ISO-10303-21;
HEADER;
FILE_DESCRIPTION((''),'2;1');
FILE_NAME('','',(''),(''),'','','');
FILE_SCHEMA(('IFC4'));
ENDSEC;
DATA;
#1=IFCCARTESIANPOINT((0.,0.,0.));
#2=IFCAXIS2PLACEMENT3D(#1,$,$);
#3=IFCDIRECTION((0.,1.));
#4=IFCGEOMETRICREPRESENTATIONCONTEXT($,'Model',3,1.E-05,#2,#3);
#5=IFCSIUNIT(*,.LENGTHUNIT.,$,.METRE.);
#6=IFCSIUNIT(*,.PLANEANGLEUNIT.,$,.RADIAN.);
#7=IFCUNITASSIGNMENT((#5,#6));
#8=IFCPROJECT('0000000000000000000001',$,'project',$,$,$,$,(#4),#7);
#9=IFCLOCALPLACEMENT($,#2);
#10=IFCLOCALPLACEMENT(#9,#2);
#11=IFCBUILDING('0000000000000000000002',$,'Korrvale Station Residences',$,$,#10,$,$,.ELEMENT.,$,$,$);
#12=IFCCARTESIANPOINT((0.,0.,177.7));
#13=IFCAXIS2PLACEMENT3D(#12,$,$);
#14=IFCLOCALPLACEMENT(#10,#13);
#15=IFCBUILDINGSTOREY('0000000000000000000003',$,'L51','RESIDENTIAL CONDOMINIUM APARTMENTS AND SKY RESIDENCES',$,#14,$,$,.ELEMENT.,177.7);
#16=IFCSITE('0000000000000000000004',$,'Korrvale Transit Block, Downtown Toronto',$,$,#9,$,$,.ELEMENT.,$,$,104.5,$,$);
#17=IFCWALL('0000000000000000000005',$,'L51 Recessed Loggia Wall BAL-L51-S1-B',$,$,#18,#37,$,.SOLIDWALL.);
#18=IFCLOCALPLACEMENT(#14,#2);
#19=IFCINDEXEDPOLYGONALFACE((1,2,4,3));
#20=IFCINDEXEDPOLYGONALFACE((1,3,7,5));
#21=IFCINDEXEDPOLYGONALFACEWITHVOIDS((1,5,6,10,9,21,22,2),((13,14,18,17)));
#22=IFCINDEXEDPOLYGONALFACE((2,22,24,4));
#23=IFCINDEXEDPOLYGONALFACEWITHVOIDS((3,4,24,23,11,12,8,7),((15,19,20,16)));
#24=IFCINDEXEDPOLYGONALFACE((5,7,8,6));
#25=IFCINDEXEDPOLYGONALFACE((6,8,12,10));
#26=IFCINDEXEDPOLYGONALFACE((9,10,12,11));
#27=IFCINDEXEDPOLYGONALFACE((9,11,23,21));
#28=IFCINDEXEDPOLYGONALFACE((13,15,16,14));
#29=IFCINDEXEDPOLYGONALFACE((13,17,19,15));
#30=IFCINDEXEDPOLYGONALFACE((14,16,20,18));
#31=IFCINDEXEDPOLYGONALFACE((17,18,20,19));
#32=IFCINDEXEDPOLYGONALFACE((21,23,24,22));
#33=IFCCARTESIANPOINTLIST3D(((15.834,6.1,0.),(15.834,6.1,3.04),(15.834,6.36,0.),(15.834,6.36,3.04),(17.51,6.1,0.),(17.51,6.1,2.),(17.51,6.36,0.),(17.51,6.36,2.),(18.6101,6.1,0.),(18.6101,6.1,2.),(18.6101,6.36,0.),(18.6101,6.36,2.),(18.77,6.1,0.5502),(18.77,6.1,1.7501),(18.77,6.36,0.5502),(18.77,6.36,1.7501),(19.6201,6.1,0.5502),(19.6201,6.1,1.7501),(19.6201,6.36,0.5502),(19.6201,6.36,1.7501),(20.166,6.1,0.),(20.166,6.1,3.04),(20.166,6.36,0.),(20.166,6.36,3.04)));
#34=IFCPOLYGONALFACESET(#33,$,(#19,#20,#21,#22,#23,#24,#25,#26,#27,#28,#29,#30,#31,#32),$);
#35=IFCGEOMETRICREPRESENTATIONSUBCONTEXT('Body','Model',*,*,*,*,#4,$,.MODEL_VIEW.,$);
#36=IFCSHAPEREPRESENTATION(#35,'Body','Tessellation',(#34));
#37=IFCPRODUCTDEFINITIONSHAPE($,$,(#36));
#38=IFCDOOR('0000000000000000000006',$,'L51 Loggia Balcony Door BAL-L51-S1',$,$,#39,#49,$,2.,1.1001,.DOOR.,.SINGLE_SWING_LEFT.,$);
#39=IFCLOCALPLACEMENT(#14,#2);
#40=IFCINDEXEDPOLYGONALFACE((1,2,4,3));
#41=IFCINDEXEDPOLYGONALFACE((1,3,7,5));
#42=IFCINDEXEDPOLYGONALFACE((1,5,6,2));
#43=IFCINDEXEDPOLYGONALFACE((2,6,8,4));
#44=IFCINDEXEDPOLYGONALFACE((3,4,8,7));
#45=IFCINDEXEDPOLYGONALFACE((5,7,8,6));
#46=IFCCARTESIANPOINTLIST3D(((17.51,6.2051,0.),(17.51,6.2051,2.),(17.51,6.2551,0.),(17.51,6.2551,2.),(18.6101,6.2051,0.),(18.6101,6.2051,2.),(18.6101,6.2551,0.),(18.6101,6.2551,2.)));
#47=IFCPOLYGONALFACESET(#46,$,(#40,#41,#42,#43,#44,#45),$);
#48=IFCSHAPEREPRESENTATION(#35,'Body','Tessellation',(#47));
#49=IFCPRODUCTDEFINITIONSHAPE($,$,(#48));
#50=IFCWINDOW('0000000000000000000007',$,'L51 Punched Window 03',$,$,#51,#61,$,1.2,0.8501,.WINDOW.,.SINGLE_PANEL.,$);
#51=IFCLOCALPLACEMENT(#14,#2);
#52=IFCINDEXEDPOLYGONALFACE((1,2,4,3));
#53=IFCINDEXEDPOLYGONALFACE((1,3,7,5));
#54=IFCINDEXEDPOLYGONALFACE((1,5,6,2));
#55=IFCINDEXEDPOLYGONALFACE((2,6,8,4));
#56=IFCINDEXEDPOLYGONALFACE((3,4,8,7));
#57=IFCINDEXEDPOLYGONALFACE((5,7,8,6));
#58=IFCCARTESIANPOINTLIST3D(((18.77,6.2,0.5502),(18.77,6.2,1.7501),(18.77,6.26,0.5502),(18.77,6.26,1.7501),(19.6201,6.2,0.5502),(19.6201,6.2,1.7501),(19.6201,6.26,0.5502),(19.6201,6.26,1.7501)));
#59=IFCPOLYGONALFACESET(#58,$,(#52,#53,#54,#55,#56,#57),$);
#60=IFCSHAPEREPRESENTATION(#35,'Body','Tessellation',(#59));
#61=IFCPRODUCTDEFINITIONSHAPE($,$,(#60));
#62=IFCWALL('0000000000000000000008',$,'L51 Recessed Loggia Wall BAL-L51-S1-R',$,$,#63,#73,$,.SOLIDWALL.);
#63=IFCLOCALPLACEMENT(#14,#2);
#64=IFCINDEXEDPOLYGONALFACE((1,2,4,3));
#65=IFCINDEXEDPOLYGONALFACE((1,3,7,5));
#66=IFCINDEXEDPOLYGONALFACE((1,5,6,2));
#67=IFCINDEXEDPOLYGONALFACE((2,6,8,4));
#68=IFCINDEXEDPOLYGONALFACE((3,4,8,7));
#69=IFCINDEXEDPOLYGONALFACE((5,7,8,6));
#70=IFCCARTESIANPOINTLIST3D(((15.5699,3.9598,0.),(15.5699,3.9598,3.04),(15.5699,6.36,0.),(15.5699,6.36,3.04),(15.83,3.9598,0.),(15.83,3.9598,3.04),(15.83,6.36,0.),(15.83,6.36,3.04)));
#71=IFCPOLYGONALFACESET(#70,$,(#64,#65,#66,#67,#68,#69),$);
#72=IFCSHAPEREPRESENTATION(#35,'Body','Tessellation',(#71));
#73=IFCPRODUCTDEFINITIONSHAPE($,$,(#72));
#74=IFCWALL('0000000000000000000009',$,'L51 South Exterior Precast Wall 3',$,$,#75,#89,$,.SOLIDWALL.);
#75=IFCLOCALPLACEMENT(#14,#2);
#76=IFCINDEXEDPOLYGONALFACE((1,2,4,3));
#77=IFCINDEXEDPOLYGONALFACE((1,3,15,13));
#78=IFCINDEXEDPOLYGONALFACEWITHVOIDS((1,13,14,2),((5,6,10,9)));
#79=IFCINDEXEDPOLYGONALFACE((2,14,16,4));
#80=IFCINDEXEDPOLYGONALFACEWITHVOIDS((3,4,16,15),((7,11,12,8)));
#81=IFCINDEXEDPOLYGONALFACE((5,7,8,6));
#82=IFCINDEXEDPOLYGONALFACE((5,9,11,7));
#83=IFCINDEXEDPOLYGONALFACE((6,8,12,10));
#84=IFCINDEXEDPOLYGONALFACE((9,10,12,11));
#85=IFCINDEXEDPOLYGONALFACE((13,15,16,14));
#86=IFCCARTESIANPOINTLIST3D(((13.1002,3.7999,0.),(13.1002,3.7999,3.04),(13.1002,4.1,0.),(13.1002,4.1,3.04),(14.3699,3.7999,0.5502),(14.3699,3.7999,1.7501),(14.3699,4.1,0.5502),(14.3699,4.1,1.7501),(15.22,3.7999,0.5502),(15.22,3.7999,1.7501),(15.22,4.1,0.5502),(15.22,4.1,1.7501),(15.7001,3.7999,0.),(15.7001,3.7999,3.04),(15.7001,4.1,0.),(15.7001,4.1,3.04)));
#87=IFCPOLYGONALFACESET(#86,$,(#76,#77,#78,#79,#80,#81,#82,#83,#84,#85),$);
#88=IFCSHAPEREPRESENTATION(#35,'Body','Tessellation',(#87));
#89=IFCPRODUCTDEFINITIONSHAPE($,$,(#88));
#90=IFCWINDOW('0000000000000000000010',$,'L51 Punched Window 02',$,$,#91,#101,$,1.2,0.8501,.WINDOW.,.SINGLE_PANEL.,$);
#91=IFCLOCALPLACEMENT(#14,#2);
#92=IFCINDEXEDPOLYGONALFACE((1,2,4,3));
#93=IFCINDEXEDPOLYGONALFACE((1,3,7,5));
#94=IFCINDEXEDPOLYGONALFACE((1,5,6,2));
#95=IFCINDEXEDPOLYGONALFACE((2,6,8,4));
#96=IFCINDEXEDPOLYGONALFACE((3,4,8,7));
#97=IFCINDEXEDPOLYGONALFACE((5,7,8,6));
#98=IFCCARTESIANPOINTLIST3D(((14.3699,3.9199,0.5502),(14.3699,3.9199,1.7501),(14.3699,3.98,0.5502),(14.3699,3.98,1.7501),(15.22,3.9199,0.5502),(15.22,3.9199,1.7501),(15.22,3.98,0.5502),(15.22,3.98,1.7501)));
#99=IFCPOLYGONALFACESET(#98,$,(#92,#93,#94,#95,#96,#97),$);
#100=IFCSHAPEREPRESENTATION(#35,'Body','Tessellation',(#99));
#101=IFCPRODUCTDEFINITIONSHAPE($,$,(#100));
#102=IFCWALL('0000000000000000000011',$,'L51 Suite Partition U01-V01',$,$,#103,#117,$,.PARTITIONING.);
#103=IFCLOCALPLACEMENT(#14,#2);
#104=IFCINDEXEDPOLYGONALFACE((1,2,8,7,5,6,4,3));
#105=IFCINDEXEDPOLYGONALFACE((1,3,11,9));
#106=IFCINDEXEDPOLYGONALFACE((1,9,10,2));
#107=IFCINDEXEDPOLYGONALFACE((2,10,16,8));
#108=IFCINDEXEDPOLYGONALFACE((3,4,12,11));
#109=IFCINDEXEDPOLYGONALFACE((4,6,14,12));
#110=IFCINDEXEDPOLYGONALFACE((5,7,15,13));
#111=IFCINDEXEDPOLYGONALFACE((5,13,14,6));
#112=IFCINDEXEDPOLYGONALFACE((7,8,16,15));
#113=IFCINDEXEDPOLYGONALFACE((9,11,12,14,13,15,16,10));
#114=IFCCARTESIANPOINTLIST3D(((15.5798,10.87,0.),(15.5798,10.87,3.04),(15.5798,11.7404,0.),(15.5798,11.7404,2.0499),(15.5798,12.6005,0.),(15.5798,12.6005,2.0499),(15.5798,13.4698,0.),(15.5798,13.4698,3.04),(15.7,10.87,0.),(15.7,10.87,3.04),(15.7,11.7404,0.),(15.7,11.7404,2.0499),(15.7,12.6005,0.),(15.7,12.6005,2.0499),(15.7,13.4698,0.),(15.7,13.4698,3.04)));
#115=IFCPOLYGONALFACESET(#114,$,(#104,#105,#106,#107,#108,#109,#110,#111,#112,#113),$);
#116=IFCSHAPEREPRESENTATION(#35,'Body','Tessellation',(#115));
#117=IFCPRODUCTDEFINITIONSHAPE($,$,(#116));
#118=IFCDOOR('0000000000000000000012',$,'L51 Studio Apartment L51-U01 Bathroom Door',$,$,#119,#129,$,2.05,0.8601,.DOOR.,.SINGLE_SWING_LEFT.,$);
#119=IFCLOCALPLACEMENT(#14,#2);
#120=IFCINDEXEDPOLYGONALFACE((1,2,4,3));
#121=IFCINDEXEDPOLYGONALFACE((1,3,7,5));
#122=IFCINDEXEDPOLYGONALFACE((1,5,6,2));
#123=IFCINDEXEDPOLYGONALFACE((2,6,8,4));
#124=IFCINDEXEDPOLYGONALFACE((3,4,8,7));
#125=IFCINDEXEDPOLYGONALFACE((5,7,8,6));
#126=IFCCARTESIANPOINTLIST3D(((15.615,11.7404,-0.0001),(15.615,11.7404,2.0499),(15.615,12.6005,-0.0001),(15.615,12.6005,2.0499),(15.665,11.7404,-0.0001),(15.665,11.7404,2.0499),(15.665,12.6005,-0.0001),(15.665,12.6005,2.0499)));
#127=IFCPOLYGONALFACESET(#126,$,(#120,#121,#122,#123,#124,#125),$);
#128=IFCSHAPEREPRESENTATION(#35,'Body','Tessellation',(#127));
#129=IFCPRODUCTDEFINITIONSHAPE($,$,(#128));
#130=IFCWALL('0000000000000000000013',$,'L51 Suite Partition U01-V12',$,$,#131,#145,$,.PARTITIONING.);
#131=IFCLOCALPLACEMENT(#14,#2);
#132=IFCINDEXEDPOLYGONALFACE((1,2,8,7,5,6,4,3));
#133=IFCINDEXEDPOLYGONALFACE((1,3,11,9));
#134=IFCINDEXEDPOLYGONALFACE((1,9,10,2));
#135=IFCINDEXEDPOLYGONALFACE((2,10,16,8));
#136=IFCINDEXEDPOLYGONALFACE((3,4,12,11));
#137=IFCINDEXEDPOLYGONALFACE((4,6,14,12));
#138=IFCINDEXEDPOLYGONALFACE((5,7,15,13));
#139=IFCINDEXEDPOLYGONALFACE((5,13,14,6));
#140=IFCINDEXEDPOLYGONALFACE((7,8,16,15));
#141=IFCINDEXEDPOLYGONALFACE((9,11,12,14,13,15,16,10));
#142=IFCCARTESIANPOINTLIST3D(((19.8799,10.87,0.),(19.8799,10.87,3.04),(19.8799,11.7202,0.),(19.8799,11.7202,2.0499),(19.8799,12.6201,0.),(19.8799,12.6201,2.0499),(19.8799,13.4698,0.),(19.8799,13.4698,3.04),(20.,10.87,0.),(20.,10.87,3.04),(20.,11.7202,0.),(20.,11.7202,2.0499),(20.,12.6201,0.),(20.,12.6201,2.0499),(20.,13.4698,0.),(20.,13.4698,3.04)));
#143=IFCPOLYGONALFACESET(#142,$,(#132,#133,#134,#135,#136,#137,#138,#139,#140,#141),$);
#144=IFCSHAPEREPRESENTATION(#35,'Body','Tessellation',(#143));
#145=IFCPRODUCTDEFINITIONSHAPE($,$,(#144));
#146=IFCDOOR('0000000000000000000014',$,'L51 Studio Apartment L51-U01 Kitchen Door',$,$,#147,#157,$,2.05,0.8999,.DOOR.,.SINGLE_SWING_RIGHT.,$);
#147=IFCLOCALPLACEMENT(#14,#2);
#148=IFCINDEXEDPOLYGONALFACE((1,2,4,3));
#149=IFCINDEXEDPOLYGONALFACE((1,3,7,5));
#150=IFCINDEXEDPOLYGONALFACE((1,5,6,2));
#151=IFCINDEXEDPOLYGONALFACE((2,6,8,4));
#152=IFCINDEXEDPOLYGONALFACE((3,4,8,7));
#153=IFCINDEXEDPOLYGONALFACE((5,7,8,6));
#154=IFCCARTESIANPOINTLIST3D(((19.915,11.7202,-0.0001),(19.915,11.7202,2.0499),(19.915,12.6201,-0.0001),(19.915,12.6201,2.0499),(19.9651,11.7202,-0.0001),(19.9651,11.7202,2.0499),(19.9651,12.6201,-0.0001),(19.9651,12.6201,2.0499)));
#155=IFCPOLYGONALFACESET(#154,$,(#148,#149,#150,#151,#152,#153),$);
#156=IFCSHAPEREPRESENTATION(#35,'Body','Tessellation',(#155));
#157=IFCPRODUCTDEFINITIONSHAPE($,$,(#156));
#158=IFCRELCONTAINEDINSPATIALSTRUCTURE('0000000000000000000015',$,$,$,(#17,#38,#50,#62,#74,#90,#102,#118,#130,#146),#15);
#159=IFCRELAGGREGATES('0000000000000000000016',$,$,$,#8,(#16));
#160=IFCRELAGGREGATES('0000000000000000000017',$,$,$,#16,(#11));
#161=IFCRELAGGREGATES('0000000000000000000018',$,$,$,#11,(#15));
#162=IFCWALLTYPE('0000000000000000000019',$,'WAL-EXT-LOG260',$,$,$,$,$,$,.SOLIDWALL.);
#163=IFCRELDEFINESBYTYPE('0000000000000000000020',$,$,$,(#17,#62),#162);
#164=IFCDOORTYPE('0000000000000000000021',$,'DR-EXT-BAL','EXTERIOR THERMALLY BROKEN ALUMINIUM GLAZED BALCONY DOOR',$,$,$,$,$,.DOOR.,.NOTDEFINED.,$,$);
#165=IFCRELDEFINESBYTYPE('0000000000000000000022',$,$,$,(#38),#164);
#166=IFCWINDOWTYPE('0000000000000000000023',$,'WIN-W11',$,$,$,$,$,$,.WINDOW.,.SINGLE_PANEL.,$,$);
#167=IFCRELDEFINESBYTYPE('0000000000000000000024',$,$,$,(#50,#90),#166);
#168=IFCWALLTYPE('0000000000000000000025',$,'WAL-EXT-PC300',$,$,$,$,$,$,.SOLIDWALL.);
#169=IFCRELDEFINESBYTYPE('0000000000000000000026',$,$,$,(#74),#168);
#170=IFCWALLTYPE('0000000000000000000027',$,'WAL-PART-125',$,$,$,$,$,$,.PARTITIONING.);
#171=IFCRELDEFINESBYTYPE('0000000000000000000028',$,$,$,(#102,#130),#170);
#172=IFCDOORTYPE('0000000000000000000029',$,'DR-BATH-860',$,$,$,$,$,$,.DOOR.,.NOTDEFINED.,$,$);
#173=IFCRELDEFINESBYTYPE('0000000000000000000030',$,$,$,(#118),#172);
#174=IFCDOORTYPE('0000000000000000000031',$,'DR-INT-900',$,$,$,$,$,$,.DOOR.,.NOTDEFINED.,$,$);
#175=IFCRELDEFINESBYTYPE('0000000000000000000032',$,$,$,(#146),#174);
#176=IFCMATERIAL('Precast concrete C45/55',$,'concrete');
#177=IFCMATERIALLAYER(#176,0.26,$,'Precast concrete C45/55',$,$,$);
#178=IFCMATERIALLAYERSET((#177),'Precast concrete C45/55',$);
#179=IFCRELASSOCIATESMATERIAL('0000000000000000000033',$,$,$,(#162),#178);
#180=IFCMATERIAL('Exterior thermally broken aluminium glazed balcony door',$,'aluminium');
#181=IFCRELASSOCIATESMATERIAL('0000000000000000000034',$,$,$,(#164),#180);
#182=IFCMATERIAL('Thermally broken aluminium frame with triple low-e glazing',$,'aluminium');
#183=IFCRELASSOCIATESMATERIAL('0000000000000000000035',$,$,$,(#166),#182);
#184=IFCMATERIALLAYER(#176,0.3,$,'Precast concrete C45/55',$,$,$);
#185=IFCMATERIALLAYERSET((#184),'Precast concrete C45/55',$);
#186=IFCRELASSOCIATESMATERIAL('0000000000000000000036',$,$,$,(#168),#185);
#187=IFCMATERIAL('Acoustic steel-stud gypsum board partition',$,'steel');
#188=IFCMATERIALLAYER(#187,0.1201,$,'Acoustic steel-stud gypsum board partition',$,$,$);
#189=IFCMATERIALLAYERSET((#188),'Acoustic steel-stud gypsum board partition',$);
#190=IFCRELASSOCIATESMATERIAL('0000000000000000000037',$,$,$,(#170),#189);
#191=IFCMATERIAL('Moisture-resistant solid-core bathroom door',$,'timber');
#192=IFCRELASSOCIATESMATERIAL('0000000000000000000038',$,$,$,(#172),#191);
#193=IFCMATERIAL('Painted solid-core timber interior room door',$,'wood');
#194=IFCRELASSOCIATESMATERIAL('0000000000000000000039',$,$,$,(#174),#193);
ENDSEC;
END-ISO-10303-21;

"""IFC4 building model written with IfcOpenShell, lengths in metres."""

from ifc_helpers import new_model, si_unit, direction, frame, frame_2d, origin, place, context, subcontext, project, spatial, rectangle, extrude, material, layer, layer_set, type_object, element, fill, save


model = new_model("IFC4")

# Units and contexts
model_context = context("Model", 3, precision=1e-05, world=origin(), true_north=direction((0.0, 1.0)))
body_context = subcontext(model_context, "Body", "Model", "MODEL_VIEW")
ifc_project = project(units=[si_unit("LENGTHUNIT", "METRE"), si_unit("PLANEANGLEUNIT", "RADIAN")], contexts=[model_context])

# Site, building, storey
site_placement = place(None, origin())
site = spatial("IfcSite", under=ifc_project, at=site_placement, Name="Korrvale Transit Block, Downtown Toronto", CompositionType="ELEMENT", RefElevation=104.5)
building_placement = place(site_placement, origin())
building = spatial("IfcBuilding", under=site, at=building_placement, Name="Korrvale Station Residences", CompositionType="ELEMENT")
storey_placement = place(building_placement, frame((0.0, 0.0, 177.7)))
storey = spatial("IfcBuildingStorey", under=building, at=storey_placement, Name="L51", Description="RESIDENTIAL CONDOMINIUM APARTMENTS AND SKY RESIDENCES", CompositionType="ELEMENT", Elevation=177.7)

# Shared definitions
ifc_material_1 = material(Name="Precast concrete C45/55", Category="concrete")
ifc_layer_1 = layer(ifc_material_1, 0.26, Name="Precast concrete C45/55")
ifc_layer_set_1 = layer_set([ifc_layer_1], Name="Precast concrete C45/55")
wall_type_1 = type_object("IfcWallType", Name="WAL-EXT-LOG260", PredefinedType="SOLIDWALL", material=ifc_layer_set_1)

# Wall, openings, door, window
wall_1_placement = place(storey_placement, frame((20.166, 6.23, 0.0), z_axis=(0.0, 0.0, 1.0), x_axis=(-1.0, 0.0, 0.0)))
wall_1 = element("IfcWall", 1, at=wall_1_placement, inside=storey, type_object=wall_type_1, Name="L51 Recessed Loggia Wall BAL-L51-S1-B", PredefinedType="SOLIDWALL", context=body_context, shape_type="SweptSolid", body=[
    extrude(rectangle(XDim=4.332, YDim=0.26, at=frame_2d((2.166, 0.0))), origin(), (0.0, 0.0, 1.0), 3.04),
])
opening_1_placement = place(wall_1_placement, frame((1.5559, 0.0, 0.0)))
opening_1 = element("IfcOpeningElement", 2, at=opening_1_placement, cuts=wall_1, PredefinedType="OPENING", context=body_context, shape_type="SweptSolid", body=[
    extrude(rectangle(XDim=1.1001, YDim=2.0, at=frame_2d((0.55, 1.0))), frame((0.0, 0.1401, 0.0), z_axis=(0.0, -1.0, 0.0), x_axis=(1.0, 0.0, 0.0)), (0.0, 0.0, 1.0), 0.28),
])
opening_2_placement = place(wall_1_placement, frame((0.5459, 0.0, 0.55)))
opening_2 = element("IfcOpeningElement", 3, at=opening_2_placement, cuts=wall_1, PredefinedType="OPENING", context=body_context, shape_type="SweptSolid", body=[
    extrude(rectangle(XDim=0.8501, YDim=1.2, at=frame_2d((0.425, 0.6001))), frame((0.0, 0.1401, 0.0), z_axis=(0.0, -1.0, 0.0), x_axis=(1.0, 0.0, 0.0)), (0.0, 0.0, 1.0), 0.28),
])
ifc_material_2 = material(Name="Exterior thermally broken aluminium glazed balcony door", Category="aluminium")
door_type_1 = type_object("IfcDoorType", Name="DR-EXT-BAL", Description="EXTERIOR THERMALLY BROKEN ALUMINIUM GLAZED BALCONY DOOR", OperationType="NOTDEFINED", PredefinedType="DOOR", material=ifc_material_2)
door_1_placement = place(opening_1_placement, origin())
door_1 = element("IfcDoor", 4, at=door_1_placement, inside=storey, type_object=door_type_1, Name="L51 Loggia Balcony Door BAL-L51-S1", OperationType="SINGLE_SWING_LEFT", OverallHeight=2.0, OverallWidth=1.1001, PredefinedType="DOOR", context=body_context, shape_type="SweptSolid", body=[
    extrude(rectangle(XDim=1.1001, YDim=2.0, at=frame_2d((0.55, 1.0))), frame((0.0, 0.0249, 0.0), z_axis=(0.0, -1.0, 0.0), x_axis=(1.0, 0.0, 0.0)), (0.0, 0.0, 1.0), 0.05),
])
fill(opening_1, door_1)
ifc_material_3 = material(Name="Thermally broken aluminium frame with triple low-e glazing", Category="aluminium")
window_type = type_object("IfcWindowType", Name="WIN-W11", PartitioningType="SINGLE_PANEL", PredefinedType="WINDOW", material=ifc_material_3)
window_1_placement = place(opening_2_placement, origin())
window_1 = element("IfcWindow", 5, at=window_1_placement, inside=storey, type_object=window_type, Name="L51 Punched Window 03", OverallHeight=1.2, OverallWidth=0.8501, PartitioningType="SINGLE_PANEL", PredefinedType="WINDOW", context=body_context, shape_type="SweptSolid", body=[
    extrude(rectangle(XDim=0.8501, YDim=1.2, at=frame_2d((0.425, 0.6001))), frame((0.0, 0.03, 0.0), z_axis=(0.0, -1.0, 0.0), x_axis=(1.0, 0.0, 0.0)), (0.0, 0.0, 1.0), 0.0601),
])
fill(opening_2, window_1)

# Wall
wall_2_placement = place(storey_placement, frame((15.7, 6.3601, 0.0), z_axis=(0.0, 0.0, 1.0), x_axis=(0.0, -1.0, 0.0)))
element("IfcWall", 6, at=wall_2_placement, inside=storey, type_object=wall_type_1, Name="L51 Recessed Loggia Wall BAL-L51-S1-R", PredefinedType="SOLIDWALL", context=body_context, shape_type="SweptSolid", body=[
    extrude(rectangle(XDim=2.4001, YDim=0.26, at=frame_2d((1.2002, 0.0))), origin(), (0.0, 0.0, 1.0), 3.04),
])

# Wall, opening, window
ifc_layer_2 = layer(ifc_material_1, 0.3, Name="Precast concrete C45/55")
ifc_layer_set_2 = layer_set([ifc_layer_2], Name="Precast concrete C45/55")
wall_type_2 = type_object("IfcWallType", Name="WAL-EXT-PC300", PredefinedType="SOLIDWALL", material=ifc_layer_set_2)
wall_3_placement = place(storey_placement, frame((15.7, 3.95, 0.0), z_axis=(0.0, 0.0, 1.0), x_axis=(-1.0, 0.0, 0.0)))
wall_3 = element("IfcWall", 7, at=wall_3_placement, inside=storey, type_object=wall_type_2, Name="L51 South Exterior Precast Wall 3", PredefinedType="SOLIDWALL", context=body_context, shape_type="SweptSolid", body=[
    extrude(rectangle(XDim=2.5999, YDim=0.3, at=frame_2d((1.2998, 0.0))), origin(), (0.0, 0.0, 1.0), 3.04),
])
opening_3_placement = place(wall_3_placement, frame((0.48, 0.0, 0.55)))
opening_3 = element("IfcOpeningElement", 8, at=opening_3_placement, cuts=wall_3, PredefinedType="OPENING", context=body_context, shape_type="SweptSolid", body=[
    extrude(rectangle(XDim=0.8501, YDim=1.2, at=frame_2d((0.425, 0.6001))), frame((0.0, 0.1602, 0.0), z_axis=(0.0, -1.0, 0.0), x_axis=(1.0, 0.0, 0.0)), (0.0, 0.0, 1.0), 0.3201),
])
window_2_placement = place(opening_3_placement, origin())
window_2 = element("IfcWindow", 9, at=window_2_placement, inside=storey, type_object=window_type, Name="L51 Punched Window 02", OverallHeight=1.2, OverallWidth=0.8501, PartitioningType="SINGLE_PANEL", PredefinedType="WINDOW", context=body_context, shape_type="SweptSolid", body=[
    extrude(rectangle(XDim=0.8501, YDim=1.2, at=frame_2d((0.425, 0.6001))), frame((0.0, 0.03, 0.0), z_axis=(0.0, -1.0, 0.0), x_axis=(1.0, 0.0, 0.0)), (0.0, 0.0, 1.0), 0.0601),
])
fill(opening_3, window_2)

# Walls, openings, doors
ifc_material_4 = material(Name="Acoustic steel-stud gypsum board partition", Category="steel")
ifc_layer_3 = layer(ifc_material_4, 0.1201, Name="Acoustic steel-stud gypsum board partition")
ifc_layer_set_3 = layer_set([ifc_layer_3], Name="Acoustic steel-stud gypsum board partition")
wall_type_3 = type_object("IfcWallType", Name="WAL-PART-125", PredefinedType="PARTITIONING", material=ifc_layer_set_3)
wall_4_placement = place(storey_placement, frame((15.6399, 10.8701, 0.0), z_axis=(0.0, 0.0, 1.0), x_axis=(0.0, 1.0, 0.0)))
wall_4 = element("IfcWall", 10, at=wall_4_placement, inside=storey, type_object=wall_type_3, Name="L51 Suite Partition U01-V01", PredefinedType="PARTITIONING", context=body_context, shape_type="SweptSolid", body=[
    extrude(rectangle(XDim=2.5999, YDim=0.1201, at=frame_2d((1.2998, 0.0))), origin(), (0.0, 0.0, 1.0), 3.04),
])
opening_4_placement = place(wall_4_placement, frame((0.8701, 0.0, 0.0)))
opening_4 = element("IfcOpeningElement", 11, at=opening_4_placement, cuts=wall_4, PredefinedType="OPENING", context=body_context, shape_type="SweptSolid", body=[
    extrude(rectangle(XDim=0.8601, YDim=2.05, at=frame_2d((0.4302, 1.0249))), frame((0.0, 0.0701, 0.0), z_axis=(0.0, -1.0, 0.0), x_axis=(1.0, 0.0, 0.0)), (0.0, 0.0, 1.0), 0.1401),
])
ifc_material_5 = material(Name="Moisture-resistant solid-core bathroom door", Category="timber")
door_type_2 = type_object("IfcDoorType", Name="DR-BATH-860", OperationType="NOTDEFINED", PredefinedType="DOOR", material=ifc_material_5)
door_2_placement = place(opening_4_placement, origin())
door_2 = element("IfcDoor", 12, at=door_2_placement, inside=storey, type_object=door_type_2, Name="L51 Studio Apartment L51-U01 Bathroom Door", OperationType="SINGLE_SWING_LEFT", OverallHeight=2.05, OverallWidth=0.8601, PredefinedType="DOOR", context=body_context, shape_type="SweptSolid", body=[
    extrude(rectangle(XDim=0.8601, YDim=2.05, at=frame_2d((0.4302, 1.0249))), frame((0.0, 0.0249, 0.0), z_axis=(0.0, -1.0, 0.0), x_axis=(1.0, 0.0, 0.0)), (0.0, 0.0, 1.0), 0.05),
])
fill(opening_4, door_2)
wall_5_placement = place(storey_placement, frame((19.9399, 10.8701, 0.0), z_axis=(0.0, 0.0, 1.0), x_axis=(0.0, 1.0, 0.0)))
wall_5 = element("IfcWall", 13, at=wall_5_placement, inside=storey, type_object=wall_type_3, Name="L51 Suite Partition U01-V12", PredefinedType="PARTITIONING", context=body_context, shape_type="SweptSolid", body=[
    extrude(rectangle(XDim=2.5999, YDim=0.1201, at=frame_2d((1.2998, 0.0))), origin(), (0.0, 0.0, 1.0), 3.04),
])
opening_5_placement = place(wall_5_placement, frame((0.8501, 0.0, 0.0)))
opening_5 = element("IfcOpeningElement", 14, at=opening_5_placement, cuts=wall_5, PredefinedType="OPENING", context=body_context, shape_type="SweptSolid", body=[
    extrude(rectangle(XDim=0.8999, YDim=2.05, at=frame_2d((0.45, 1.0249))), frame((0.0, 0.0701, 0.0), z_axis=(0.0, -1.0, 0.0), x_axis=(1.0, 0.0, 0.0)), (0.0, 0.0, 1.0), 0.1401),
])
ifc_material_6 = material(Name="Painted solid-core timber interior room door", Category="wood")
door_type_3 = type_object("IfcDoorType", Name="DR-INT-900", OperationType="NOTDEFINED", PredefinedType="DOOR", material=ifc_material_6)
door_3_placement = place(opening_5_placement, origin())
door_3 = element("IfcDoor", 15, at=door_3_placement, inside=storey, type_object=door_type_3, Name="L51 Studio Apartment L51-U01 Kitchen Door", OperationType="SINGLE_SWING_RIGHT", OverallHeight=2.05, OverallWidth=0.8999, PredefinedType="DOOR", context=body_context, shape_type="SweptSolid", body=[
    extrude(rectangle(XDim=0.8999, YDim=2.05, at=frame_2d((0.45, 1.0249))), frame((0.0, 0.0249, 0.0), z_axis=(0.0, -1.0, 0.0), x_axis=(1.0, 0.0, 0.0)), (0.0, 0.0, 1.0), 0.05),
])
fill(opening_5, door_3)

save(model, "model.ifc")
